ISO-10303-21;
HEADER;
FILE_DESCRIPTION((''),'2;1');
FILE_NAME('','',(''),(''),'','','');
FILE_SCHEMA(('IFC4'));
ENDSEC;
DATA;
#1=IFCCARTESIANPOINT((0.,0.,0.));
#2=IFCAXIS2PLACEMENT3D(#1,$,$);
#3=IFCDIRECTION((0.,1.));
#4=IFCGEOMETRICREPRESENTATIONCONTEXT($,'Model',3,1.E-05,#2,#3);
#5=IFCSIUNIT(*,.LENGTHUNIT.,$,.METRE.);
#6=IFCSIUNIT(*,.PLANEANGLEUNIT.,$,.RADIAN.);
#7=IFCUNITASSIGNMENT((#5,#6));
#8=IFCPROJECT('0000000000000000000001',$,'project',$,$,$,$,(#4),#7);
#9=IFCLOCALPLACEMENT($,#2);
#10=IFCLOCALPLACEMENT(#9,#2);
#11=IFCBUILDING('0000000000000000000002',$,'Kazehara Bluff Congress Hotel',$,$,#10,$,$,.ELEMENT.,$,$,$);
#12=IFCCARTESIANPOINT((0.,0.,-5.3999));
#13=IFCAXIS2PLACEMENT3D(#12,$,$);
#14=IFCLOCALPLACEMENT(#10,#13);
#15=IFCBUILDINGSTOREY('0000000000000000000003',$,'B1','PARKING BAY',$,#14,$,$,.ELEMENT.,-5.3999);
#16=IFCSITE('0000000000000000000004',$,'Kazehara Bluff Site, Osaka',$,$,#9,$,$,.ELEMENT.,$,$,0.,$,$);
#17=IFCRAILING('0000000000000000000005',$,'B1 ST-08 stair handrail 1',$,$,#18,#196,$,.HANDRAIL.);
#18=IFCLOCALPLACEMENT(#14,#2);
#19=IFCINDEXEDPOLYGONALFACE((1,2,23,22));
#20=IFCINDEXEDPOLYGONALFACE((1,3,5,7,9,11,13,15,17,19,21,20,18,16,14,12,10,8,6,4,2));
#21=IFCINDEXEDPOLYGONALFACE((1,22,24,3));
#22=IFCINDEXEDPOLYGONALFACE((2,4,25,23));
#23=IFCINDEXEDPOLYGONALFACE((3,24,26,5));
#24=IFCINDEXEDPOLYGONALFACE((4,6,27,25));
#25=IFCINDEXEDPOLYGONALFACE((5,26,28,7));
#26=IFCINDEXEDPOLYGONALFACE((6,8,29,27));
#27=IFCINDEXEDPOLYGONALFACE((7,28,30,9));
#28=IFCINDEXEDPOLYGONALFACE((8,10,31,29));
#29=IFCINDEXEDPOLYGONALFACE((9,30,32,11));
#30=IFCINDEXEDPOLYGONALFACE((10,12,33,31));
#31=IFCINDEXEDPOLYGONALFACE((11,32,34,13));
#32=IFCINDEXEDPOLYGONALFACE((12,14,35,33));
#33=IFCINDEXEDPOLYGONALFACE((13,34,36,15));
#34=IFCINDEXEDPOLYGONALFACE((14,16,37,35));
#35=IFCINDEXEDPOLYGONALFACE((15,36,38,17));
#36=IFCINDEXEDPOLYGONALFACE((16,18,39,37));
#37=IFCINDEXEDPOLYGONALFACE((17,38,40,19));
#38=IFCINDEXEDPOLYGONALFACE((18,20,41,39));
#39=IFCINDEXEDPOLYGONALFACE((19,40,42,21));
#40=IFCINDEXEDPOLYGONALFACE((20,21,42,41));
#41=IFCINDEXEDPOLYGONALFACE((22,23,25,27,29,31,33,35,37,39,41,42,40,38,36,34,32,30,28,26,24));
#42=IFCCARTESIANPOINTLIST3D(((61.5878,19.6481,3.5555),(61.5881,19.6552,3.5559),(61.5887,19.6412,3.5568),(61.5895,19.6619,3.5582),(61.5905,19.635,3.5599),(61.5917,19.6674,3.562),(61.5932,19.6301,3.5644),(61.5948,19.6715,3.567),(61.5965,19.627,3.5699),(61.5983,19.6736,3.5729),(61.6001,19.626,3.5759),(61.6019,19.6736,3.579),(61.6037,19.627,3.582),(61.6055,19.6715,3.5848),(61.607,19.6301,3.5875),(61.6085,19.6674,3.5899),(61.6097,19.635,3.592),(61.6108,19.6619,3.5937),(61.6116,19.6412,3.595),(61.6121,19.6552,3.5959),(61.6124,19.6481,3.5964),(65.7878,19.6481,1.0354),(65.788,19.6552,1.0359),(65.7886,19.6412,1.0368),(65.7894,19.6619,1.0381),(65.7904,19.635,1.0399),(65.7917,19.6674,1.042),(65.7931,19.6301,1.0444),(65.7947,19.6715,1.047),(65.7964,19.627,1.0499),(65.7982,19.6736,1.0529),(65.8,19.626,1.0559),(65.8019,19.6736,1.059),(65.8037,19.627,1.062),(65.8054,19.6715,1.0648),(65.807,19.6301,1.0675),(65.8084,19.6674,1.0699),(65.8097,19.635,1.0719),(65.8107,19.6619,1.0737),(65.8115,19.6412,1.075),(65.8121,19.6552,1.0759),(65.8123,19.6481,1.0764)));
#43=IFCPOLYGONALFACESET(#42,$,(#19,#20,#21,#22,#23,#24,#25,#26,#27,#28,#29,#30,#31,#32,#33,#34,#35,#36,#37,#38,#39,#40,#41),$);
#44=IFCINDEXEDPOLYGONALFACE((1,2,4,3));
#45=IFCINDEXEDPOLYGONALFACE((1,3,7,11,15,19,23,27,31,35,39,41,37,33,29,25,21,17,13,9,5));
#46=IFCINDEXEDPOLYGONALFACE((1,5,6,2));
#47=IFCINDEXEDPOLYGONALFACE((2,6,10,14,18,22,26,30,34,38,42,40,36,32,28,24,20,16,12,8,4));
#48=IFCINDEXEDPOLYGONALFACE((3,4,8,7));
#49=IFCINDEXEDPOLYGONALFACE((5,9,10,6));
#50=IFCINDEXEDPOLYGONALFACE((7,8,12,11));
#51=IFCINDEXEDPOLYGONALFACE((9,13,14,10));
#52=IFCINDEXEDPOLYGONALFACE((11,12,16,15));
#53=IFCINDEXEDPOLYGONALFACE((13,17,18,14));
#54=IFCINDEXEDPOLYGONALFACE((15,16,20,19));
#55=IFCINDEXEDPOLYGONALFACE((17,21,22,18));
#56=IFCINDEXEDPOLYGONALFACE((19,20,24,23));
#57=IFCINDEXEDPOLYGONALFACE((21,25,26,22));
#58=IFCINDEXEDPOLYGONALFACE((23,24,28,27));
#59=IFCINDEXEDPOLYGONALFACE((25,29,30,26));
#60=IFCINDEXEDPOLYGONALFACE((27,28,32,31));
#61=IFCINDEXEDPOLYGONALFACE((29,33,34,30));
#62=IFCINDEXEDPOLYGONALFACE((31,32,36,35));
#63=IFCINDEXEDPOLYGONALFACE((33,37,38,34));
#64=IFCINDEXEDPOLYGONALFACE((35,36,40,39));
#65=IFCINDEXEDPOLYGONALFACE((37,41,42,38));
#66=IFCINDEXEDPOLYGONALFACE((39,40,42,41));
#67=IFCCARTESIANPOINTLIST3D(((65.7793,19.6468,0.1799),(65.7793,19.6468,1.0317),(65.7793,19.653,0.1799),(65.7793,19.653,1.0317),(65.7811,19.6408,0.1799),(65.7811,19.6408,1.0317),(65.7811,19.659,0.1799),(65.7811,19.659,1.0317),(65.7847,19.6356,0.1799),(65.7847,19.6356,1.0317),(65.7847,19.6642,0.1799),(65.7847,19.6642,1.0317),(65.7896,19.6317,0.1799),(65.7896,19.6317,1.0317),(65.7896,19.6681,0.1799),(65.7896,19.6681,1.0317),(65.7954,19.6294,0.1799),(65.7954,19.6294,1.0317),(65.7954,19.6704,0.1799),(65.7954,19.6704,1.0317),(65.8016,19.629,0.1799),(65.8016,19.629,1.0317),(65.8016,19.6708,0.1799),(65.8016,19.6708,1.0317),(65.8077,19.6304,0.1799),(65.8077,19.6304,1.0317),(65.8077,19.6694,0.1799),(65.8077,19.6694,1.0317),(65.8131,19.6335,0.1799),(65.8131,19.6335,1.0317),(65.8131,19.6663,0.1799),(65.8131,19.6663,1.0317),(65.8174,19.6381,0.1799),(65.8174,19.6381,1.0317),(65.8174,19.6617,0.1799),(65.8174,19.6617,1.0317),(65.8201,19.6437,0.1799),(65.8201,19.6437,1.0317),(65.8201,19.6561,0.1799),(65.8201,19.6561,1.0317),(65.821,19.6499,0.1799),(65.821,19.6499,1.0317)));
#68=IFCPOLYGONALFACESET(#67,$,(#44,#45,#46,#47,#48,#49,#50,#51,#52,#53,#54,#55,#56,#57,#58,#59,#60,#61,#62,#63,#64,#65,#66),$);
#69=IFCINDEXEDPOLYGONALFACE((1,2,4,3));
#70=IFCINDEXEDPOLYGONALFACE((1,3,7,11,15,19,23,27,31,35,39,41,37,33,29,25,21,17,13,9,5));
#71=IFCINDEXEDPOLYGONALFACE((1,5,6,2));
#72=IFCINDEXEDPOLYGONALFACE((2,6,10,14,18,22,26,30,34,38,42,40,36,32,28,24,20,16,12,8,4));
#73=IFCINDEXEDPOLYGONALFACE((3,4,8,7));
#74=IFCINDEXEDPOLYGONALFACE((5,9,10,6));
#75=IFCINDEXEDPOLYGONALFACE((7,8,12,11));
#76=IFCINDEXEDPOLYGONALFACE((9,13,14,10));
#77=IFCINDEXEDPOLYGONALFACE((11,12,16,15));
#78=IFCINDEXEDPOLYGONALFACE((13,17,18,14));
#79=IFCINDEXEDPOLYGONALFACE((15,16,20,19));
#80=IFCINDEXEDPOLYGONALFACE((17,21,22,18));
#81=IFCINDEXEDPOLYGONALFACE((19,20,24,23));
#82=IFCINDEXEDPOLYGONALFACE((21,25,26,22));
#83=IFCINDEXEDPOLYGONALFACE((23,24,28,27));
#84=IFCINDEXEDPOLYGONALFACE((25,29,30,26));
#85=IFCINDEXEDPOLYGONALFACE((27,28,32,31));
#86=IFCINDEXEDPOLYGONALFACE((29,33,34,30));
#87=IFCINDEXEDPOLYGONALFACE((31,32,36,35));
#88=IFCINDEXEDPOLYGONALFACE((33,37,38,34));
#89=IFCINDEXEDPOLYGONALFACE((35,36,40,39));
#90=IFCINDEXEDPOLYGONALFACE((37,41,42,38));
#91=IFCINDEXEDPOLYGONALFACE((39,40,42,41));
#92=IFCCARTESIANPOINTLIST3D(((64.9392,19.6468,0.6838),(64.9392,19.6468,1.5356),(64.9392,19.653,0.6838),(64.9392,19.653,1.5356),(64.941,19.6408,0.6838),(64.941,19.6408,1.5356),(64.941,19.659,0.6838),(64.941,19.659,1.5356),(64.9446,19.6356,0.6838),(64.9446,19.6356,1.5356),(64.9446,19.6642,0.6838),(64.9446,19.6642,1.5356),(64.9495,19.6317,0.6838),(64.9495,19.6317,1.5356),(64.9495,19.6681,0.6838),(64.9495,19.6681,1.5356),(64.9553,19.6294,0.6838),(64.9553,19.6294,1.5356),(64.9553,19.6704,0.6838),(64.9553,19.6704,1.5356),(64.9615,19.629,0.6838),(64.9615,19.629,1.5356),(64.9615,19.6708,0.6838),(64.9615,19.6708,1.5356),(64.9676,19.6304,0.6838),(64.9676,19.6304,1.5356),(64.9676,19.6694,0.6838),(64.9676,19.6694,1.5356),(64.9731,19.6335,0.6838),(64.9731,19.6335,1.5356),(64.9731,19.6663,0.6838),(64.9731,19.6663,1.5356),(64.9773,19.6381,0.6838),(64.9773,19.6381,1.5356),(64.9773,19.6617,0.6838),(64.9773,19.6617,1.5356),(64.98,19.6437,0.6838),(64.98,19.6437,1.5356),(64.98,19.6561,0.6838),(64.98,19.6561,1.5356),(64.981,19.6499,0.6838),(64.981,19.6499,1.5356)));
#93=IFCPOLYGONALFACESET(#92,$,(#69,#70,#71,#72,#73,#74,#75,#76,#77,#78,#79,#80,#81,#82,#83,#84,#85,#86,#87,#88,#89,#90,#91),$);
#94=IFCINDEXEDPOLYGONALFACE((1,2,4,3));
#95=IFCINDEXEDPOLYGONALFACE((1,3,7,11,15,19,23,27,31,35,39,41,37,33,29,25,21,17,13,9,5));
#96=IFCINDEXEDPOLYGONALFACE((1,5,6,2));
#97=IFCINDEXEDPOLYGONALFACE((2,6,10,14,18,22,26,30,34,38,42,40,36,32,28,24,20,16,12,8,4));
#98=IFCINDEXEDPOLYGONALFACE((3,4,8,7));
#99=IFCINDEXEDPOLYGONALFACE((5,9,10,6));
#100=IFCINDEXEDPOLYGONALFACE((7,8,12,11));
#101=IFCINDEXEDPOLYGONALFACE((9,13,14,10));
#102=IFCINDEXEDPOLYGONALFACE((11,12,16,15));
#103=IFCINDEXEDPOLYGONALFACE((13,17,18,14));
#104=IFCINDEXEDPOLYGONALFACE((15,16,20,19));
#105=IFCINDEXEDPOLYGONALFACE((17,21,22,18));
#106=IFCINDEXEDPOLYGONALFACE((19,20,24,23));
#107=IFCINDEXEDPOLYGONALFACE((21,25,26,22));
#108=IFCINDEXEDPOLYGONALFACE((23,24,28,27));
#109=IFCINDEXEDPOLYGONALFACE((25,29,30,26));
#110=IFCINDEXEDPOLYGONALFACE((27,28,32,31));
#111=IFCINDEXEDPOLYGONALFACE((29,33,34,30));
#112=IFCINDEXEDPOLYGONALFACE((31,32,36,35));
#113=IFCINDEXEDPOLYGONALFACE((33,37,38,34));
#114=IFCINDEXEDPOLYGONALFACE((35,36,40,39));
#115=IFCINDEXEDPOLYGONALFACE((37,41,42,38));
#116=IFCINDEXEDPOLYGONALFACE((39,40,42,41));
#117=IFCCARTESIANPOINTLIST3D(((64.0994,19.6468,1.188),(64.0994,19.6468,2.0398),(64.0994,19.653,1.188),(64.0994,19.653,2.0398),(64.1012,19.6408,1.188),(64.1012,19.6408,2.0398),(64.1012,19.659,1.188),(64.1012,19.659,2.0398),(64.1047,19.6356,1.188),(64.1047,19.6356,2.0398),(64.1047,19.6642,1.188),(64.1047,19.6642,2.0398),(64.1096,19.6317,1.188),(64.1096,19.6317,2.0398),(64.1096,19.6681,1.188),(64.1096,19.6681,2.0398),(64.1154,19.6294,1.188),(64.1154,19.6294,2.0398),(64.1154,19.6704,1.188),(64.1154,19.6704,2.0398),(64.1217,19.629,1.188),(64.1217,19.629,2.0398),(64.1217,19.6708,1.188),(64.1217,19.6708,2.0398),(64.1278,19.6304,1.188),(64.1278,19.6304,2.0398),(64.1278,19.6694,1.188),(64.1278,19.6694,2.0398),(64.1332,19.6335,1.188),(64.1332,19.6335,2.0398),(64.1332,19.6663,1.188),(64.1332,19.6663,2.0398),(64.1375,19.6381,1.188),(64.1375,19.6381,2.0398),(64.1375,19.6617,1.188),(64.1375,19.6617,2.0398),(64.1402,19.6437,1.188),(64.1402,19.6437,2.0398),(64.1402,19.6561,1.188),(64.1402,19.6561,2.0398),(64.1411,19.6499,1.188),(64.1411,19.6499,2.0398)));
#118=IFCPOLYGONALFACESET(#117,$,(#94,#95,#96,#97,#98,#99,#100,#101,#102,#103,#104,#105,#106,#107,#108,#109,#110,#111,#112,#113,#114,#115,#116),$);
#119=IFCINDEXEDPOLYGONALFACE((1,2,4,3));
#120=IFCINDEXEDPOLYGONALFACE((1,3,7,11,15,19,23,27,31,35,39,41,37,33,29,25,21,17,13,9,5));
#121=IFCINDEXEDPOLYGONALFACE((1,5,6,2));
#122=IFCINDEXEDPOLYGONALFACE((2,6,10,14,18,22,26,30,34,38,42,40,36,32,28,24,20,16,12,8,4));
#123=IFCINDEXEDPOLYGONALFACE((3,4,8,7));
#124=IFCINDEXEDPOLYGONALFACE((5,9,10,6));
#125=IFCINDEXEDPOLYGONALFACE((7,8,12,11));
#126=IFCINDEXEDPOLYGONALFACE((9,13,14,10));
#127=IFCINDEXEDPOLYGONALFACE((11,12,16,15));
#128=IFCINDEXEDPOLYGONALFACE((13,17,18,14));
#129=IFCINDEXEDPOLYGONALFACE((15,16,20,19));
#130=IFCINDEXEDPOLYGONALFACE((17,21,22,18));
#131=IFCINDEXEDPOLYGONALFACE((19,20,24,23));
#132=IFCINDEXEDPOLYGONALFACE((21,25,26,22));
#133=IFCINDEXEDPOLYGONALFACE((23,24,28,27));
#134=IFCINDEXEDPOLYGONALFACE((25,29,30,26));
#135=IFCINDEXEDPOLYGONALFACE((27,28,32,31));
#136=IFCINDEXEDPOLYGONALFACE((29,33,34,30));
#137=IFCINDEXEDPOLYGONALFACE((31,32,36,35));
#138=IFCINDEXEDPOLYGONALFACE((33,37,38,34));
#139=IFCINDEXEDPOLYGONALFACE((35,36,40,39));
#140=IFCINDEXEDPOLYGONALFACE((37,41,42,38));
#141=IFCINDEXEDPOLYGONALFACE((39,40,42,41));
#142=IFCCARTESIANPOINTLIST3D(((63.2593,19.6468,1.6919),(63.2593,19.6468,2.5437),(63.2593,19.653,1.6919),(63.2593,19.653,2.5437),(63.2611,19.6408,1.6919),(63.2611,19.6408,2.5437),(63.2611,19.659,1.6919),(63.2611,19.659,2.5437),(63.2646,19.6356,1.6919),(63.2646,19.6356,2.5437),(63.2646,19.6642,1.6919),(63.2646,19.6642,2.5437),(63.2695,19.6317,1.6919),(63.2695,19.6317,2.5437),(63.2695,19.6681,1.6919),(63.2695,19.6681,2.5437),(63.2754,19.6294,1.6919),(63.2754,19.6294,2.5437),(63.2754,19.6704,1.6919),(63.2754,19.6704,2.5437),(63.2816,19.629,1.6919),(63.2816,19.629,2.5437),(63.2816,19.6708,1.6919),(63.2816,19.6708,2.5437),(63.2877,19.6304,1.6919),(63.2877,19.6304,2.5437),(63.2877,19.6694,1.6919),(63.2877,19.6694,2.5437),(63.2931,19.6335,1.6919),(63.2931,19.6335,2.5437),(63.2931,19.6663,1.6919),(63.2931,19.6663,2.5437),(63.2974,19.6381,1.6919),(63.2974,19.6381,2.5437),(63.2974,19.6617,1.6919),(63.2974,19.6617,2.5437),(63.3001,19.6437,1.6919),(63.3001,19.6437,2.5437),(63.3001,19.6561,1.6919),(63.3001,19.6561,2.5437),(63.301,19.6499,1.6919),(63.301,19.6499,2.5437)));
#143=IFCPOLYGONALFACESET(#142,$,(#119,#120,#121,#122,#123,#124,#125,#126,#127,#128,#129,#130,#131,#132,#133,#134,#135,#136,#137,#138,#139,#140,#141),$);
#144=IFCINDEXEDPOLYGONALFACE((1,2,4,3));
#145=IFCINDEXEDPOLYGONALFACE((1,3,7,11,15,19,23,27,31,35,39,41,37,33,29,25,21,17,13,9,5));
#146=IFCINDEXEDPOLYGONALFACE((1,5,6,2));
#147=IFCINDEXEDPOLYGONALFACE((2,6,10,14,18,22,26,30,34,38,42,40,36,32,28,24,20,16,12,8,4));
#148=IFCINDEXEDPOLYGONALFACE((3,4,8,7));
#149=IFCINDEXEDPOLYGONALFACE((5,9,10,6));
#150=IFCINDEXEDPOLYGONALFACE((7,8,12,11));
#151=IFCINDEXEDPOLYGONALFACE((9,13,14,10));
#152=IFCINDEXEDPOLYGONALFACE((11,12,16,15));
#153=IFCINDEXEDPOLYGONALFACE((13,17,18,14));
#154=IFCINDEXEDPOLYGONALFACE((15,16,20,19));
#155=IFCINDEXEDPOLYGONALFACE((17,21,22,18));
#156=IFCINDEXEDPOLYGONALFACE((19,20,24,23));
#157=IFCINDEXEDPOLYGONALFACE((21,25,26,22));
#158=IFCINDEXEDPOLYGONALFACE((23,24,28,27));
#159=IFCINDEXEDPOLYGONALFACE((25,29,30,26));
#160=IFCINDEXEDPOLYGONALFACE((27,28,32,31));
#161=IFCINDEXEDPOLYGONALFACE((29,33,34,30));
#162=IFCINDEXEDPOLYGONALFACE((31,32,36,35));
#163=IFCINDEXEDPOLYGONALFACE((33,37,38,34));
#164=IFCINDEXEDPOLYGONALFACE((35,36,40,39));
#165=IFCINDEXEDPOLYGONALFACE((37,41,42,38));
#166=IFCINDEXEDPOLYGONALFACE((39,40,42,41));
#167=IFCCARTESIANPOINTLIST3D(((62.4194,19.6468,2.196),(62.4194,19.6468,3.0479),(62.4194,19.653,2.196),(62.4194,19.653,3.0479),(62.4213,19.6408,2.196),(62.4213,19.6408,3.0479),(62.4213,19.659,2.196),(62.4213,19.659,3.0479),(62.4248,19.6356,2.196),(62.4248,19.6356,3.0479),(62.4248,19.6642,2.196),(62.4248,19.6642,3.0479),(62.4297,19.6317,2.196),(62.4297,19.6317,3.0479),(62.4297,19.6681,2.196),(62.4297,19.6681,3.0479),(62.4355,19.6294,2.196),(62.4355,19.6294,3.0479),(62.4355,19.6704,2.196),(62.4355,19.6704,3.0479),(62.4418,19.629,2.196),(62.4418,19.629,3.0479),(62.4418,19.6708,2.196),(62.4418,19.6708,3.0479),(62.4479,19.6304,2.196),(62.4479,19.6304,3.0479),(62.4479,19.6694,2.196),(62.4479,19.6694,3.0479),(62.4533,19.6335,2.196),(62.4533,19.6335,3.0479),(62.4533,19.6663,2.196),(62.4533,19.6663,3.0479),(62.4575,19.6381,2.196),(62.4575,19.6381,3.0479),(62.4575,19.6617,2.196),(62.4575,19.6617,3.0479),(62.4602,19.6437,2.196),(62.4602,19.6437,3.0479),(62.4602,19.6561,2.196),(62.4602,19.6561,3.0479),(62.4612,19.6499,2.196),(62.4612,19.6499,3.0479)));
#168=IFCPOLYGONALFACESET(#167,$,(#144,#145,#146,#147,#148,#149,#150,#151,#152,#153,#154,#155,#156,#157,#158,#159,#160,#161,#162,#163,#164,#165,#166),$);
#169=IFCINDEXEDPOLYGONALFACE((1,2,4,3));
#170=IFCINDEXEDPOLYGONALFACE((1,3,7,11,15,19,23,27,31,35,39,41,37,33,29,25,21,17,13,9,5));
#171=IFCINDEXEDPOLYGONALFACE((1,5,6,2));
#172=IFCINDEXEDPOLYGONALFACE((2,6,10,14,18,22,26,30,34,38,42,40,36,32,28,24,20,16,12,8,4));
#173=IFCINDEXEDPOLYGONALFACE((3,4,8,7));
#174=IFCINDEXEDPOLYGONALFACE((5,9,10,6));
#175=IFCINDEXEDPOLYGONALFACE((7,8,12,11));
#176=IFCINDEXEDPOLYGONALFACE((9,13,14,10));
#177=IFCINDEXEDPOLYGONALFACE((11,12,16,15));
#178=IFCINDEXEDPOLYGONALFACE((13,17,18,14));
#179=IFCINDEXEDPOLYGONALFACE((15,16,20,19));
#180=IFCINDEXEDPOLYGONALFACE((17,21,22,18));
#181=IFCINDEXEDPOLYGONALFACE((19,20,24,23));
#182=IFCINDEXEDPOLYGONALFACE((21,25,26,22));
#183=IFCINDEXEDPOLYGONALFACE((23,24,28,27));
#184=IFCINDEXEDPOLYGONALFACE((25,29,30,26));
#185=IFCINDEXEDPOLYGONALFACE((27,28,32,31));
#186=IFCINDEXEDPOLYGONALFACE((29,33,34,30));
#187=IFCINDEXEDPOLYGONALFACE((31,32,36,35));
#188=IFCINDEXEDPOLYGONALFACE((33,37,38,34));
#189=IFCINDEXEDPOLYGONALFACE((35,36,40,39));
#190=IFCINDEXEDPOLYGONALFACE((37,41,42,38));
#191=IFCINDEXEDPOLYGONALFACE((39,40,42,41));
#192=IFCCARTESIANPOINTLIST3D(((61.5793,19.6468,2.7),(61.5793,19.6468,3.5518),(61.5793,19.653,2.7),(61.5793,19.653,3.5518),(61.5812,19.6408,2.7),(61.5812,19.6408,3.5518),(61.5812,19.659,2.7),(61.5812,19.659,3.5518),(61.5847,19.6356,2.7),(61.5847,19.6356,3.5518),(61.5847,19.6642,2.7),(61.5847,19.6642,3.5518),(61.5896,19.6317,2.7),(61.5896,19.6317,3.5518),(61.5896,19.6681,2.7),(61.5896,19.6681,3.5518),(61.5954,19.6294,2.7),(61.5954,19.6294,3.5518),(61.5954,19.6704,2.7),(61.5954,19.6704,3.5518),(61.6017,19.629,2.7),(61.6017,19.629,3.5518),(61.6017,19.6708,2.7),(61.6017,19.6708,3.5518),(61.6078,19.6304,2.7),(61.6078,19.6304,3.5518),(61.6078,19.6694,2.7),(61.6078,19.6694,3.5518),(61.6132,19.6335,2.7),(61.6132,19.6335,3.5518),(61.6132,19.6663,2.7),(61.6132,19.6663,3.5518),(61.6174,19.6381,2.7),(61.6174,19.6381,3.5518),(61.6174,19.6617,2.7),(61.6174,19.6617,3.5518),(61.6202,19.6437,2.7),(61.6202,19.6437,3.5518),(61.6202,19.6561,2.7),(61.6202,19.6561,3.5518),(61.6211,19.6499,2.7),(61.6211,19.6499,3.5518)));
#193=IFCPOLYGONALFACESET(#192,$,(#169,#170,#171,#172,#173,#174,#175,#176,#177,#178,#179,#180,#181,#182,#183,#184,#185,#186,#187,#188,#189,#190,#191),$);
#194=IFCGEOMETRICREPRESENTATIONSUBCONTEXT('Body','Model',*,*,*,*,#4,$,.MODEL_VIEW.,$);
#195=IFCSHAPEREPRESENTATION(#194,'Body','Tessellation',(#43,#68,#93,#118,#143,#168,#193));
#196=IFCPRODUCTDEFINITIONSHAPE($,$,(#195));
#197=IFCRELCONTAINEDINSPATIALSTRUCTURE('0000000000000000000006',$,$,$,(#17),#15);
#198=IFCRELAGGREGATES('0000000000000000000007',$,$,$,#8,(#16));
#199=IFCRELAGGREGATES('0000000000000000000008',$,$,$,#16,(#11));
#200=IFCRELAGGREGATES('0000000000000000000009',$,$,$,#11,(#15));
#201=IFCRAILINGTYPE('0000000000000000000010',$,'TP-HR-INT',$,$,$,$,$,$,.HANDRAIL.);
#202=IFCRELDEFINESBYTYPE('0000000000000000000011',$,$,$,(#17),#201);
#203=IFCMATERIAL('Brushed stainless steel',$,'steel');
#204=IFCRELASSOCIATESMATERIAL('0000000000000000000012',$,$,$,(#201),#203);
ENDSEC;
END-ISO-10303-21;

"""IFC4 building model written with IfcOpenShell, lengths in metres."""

from ifc_helpers import new_model, si_unit, direction, frame, origin, origin_2d, place, context, subcontext, project, spatial, circle, extrude, material, type_object, element, save


model = new_model("IFC4")

# Units and contexts
model_context = context("Model", 3, precision=1e-05, world=origin(), true_north=direction((0.0, 1.0)))
body_context = subcontext(model_context, "Body", "Model", "MODEL_VIEW")
ifc_project = project(units=[si_unit("LENGTHUNIT", "METRE"), si_unit("PLANEANGLEUNIT", "RADIAN")], contexts=[model_context])

# Site, building, storey
site_placement = place(None, origin())
site = spatial("IfcSite", under=ifc_project, at=site_placement, Name="Kazehara Bluff Site, Osaka", CompositionType="ELEMENT", RefElevation=0.0)
building_placement = place(site_placement, origin())
building = spatial("IfcBuilding", under=site, at=building_placement, Name="Kazehara Bluff Congress Hotel", CompositionType="ELEMENT")
storey_placement = place(building_placement, frame((0.0, 0.0, -5.3999)))
storey = spatial("IfcBuildingStorey", under=building, at=storey_placement, Name="B1", Description="PARKING BAY", CompositionType="ELEMENT", Elevation=-5.3999)

# Railing
ifc_material_1 = material(Name="Brushed stainless steel", Category="steel")
railing_type_1 = type_object("IfcRailingType", Name="TP-HR-INT", PredefinedType="HANDRAIL", material=ifc_material_1)
railing_1_placement = place(storey_placement, frame((65.8, 19.6499, 0.1799)))
element("IfcRailing", 1, at=railing_1_placement, inside=storey, type_object=railing_type_1, Name="B1 ST-08 stair handrail 1", PredefinedType="HANDRAIL", context=body_context, shape_type="SweptSolid", body=[
    extrude(circle(Radius=0.0239, at=origin_2d()), frame((0.0, 0.0, 0.876), z_axis=(-0.857489, 0.0, 0.514503), x_axis=(0.0, -1.0, 0.0)), (0.0, 0.0, 1.0), 4.8979),
    extrude(circle(Radius=0.021, at=origin_2d()), origin(), (0.0, 0.0, 1.0), 0.8518),
    extrude(circle(Radius=0.021, at=origin_2d()), frame((-0.8401, 0.0, 0.5039)), (0.0, 0.0, 1.0), 0.8518),
    extrude(circle(Radius=0.021, at=origin_2d()), frame((-1.6799, 0.0, 1.0081)), (0.0, 0.0, 1.0), 0.8518),
    extrude(circle(Radius=0.021, at=origin_2d()), frame((-2.52, 0.0, 1.512)), (0.0, 0.0, 1.0), 0.8518),
    extrude(circle(Radius=0.021, at=origin_2d()), frame((-3.3599, 0.0, 2.0161)), (0.0, 0.0, 1.0), 0.8518),
    extrude(circle(Radius=0.021, at=origin_2d()), frame((-4.2, 0.0, 2.52)), (0.0, 0.0, 1.0), 0.8518),
])

save(model, "model.ifc")
